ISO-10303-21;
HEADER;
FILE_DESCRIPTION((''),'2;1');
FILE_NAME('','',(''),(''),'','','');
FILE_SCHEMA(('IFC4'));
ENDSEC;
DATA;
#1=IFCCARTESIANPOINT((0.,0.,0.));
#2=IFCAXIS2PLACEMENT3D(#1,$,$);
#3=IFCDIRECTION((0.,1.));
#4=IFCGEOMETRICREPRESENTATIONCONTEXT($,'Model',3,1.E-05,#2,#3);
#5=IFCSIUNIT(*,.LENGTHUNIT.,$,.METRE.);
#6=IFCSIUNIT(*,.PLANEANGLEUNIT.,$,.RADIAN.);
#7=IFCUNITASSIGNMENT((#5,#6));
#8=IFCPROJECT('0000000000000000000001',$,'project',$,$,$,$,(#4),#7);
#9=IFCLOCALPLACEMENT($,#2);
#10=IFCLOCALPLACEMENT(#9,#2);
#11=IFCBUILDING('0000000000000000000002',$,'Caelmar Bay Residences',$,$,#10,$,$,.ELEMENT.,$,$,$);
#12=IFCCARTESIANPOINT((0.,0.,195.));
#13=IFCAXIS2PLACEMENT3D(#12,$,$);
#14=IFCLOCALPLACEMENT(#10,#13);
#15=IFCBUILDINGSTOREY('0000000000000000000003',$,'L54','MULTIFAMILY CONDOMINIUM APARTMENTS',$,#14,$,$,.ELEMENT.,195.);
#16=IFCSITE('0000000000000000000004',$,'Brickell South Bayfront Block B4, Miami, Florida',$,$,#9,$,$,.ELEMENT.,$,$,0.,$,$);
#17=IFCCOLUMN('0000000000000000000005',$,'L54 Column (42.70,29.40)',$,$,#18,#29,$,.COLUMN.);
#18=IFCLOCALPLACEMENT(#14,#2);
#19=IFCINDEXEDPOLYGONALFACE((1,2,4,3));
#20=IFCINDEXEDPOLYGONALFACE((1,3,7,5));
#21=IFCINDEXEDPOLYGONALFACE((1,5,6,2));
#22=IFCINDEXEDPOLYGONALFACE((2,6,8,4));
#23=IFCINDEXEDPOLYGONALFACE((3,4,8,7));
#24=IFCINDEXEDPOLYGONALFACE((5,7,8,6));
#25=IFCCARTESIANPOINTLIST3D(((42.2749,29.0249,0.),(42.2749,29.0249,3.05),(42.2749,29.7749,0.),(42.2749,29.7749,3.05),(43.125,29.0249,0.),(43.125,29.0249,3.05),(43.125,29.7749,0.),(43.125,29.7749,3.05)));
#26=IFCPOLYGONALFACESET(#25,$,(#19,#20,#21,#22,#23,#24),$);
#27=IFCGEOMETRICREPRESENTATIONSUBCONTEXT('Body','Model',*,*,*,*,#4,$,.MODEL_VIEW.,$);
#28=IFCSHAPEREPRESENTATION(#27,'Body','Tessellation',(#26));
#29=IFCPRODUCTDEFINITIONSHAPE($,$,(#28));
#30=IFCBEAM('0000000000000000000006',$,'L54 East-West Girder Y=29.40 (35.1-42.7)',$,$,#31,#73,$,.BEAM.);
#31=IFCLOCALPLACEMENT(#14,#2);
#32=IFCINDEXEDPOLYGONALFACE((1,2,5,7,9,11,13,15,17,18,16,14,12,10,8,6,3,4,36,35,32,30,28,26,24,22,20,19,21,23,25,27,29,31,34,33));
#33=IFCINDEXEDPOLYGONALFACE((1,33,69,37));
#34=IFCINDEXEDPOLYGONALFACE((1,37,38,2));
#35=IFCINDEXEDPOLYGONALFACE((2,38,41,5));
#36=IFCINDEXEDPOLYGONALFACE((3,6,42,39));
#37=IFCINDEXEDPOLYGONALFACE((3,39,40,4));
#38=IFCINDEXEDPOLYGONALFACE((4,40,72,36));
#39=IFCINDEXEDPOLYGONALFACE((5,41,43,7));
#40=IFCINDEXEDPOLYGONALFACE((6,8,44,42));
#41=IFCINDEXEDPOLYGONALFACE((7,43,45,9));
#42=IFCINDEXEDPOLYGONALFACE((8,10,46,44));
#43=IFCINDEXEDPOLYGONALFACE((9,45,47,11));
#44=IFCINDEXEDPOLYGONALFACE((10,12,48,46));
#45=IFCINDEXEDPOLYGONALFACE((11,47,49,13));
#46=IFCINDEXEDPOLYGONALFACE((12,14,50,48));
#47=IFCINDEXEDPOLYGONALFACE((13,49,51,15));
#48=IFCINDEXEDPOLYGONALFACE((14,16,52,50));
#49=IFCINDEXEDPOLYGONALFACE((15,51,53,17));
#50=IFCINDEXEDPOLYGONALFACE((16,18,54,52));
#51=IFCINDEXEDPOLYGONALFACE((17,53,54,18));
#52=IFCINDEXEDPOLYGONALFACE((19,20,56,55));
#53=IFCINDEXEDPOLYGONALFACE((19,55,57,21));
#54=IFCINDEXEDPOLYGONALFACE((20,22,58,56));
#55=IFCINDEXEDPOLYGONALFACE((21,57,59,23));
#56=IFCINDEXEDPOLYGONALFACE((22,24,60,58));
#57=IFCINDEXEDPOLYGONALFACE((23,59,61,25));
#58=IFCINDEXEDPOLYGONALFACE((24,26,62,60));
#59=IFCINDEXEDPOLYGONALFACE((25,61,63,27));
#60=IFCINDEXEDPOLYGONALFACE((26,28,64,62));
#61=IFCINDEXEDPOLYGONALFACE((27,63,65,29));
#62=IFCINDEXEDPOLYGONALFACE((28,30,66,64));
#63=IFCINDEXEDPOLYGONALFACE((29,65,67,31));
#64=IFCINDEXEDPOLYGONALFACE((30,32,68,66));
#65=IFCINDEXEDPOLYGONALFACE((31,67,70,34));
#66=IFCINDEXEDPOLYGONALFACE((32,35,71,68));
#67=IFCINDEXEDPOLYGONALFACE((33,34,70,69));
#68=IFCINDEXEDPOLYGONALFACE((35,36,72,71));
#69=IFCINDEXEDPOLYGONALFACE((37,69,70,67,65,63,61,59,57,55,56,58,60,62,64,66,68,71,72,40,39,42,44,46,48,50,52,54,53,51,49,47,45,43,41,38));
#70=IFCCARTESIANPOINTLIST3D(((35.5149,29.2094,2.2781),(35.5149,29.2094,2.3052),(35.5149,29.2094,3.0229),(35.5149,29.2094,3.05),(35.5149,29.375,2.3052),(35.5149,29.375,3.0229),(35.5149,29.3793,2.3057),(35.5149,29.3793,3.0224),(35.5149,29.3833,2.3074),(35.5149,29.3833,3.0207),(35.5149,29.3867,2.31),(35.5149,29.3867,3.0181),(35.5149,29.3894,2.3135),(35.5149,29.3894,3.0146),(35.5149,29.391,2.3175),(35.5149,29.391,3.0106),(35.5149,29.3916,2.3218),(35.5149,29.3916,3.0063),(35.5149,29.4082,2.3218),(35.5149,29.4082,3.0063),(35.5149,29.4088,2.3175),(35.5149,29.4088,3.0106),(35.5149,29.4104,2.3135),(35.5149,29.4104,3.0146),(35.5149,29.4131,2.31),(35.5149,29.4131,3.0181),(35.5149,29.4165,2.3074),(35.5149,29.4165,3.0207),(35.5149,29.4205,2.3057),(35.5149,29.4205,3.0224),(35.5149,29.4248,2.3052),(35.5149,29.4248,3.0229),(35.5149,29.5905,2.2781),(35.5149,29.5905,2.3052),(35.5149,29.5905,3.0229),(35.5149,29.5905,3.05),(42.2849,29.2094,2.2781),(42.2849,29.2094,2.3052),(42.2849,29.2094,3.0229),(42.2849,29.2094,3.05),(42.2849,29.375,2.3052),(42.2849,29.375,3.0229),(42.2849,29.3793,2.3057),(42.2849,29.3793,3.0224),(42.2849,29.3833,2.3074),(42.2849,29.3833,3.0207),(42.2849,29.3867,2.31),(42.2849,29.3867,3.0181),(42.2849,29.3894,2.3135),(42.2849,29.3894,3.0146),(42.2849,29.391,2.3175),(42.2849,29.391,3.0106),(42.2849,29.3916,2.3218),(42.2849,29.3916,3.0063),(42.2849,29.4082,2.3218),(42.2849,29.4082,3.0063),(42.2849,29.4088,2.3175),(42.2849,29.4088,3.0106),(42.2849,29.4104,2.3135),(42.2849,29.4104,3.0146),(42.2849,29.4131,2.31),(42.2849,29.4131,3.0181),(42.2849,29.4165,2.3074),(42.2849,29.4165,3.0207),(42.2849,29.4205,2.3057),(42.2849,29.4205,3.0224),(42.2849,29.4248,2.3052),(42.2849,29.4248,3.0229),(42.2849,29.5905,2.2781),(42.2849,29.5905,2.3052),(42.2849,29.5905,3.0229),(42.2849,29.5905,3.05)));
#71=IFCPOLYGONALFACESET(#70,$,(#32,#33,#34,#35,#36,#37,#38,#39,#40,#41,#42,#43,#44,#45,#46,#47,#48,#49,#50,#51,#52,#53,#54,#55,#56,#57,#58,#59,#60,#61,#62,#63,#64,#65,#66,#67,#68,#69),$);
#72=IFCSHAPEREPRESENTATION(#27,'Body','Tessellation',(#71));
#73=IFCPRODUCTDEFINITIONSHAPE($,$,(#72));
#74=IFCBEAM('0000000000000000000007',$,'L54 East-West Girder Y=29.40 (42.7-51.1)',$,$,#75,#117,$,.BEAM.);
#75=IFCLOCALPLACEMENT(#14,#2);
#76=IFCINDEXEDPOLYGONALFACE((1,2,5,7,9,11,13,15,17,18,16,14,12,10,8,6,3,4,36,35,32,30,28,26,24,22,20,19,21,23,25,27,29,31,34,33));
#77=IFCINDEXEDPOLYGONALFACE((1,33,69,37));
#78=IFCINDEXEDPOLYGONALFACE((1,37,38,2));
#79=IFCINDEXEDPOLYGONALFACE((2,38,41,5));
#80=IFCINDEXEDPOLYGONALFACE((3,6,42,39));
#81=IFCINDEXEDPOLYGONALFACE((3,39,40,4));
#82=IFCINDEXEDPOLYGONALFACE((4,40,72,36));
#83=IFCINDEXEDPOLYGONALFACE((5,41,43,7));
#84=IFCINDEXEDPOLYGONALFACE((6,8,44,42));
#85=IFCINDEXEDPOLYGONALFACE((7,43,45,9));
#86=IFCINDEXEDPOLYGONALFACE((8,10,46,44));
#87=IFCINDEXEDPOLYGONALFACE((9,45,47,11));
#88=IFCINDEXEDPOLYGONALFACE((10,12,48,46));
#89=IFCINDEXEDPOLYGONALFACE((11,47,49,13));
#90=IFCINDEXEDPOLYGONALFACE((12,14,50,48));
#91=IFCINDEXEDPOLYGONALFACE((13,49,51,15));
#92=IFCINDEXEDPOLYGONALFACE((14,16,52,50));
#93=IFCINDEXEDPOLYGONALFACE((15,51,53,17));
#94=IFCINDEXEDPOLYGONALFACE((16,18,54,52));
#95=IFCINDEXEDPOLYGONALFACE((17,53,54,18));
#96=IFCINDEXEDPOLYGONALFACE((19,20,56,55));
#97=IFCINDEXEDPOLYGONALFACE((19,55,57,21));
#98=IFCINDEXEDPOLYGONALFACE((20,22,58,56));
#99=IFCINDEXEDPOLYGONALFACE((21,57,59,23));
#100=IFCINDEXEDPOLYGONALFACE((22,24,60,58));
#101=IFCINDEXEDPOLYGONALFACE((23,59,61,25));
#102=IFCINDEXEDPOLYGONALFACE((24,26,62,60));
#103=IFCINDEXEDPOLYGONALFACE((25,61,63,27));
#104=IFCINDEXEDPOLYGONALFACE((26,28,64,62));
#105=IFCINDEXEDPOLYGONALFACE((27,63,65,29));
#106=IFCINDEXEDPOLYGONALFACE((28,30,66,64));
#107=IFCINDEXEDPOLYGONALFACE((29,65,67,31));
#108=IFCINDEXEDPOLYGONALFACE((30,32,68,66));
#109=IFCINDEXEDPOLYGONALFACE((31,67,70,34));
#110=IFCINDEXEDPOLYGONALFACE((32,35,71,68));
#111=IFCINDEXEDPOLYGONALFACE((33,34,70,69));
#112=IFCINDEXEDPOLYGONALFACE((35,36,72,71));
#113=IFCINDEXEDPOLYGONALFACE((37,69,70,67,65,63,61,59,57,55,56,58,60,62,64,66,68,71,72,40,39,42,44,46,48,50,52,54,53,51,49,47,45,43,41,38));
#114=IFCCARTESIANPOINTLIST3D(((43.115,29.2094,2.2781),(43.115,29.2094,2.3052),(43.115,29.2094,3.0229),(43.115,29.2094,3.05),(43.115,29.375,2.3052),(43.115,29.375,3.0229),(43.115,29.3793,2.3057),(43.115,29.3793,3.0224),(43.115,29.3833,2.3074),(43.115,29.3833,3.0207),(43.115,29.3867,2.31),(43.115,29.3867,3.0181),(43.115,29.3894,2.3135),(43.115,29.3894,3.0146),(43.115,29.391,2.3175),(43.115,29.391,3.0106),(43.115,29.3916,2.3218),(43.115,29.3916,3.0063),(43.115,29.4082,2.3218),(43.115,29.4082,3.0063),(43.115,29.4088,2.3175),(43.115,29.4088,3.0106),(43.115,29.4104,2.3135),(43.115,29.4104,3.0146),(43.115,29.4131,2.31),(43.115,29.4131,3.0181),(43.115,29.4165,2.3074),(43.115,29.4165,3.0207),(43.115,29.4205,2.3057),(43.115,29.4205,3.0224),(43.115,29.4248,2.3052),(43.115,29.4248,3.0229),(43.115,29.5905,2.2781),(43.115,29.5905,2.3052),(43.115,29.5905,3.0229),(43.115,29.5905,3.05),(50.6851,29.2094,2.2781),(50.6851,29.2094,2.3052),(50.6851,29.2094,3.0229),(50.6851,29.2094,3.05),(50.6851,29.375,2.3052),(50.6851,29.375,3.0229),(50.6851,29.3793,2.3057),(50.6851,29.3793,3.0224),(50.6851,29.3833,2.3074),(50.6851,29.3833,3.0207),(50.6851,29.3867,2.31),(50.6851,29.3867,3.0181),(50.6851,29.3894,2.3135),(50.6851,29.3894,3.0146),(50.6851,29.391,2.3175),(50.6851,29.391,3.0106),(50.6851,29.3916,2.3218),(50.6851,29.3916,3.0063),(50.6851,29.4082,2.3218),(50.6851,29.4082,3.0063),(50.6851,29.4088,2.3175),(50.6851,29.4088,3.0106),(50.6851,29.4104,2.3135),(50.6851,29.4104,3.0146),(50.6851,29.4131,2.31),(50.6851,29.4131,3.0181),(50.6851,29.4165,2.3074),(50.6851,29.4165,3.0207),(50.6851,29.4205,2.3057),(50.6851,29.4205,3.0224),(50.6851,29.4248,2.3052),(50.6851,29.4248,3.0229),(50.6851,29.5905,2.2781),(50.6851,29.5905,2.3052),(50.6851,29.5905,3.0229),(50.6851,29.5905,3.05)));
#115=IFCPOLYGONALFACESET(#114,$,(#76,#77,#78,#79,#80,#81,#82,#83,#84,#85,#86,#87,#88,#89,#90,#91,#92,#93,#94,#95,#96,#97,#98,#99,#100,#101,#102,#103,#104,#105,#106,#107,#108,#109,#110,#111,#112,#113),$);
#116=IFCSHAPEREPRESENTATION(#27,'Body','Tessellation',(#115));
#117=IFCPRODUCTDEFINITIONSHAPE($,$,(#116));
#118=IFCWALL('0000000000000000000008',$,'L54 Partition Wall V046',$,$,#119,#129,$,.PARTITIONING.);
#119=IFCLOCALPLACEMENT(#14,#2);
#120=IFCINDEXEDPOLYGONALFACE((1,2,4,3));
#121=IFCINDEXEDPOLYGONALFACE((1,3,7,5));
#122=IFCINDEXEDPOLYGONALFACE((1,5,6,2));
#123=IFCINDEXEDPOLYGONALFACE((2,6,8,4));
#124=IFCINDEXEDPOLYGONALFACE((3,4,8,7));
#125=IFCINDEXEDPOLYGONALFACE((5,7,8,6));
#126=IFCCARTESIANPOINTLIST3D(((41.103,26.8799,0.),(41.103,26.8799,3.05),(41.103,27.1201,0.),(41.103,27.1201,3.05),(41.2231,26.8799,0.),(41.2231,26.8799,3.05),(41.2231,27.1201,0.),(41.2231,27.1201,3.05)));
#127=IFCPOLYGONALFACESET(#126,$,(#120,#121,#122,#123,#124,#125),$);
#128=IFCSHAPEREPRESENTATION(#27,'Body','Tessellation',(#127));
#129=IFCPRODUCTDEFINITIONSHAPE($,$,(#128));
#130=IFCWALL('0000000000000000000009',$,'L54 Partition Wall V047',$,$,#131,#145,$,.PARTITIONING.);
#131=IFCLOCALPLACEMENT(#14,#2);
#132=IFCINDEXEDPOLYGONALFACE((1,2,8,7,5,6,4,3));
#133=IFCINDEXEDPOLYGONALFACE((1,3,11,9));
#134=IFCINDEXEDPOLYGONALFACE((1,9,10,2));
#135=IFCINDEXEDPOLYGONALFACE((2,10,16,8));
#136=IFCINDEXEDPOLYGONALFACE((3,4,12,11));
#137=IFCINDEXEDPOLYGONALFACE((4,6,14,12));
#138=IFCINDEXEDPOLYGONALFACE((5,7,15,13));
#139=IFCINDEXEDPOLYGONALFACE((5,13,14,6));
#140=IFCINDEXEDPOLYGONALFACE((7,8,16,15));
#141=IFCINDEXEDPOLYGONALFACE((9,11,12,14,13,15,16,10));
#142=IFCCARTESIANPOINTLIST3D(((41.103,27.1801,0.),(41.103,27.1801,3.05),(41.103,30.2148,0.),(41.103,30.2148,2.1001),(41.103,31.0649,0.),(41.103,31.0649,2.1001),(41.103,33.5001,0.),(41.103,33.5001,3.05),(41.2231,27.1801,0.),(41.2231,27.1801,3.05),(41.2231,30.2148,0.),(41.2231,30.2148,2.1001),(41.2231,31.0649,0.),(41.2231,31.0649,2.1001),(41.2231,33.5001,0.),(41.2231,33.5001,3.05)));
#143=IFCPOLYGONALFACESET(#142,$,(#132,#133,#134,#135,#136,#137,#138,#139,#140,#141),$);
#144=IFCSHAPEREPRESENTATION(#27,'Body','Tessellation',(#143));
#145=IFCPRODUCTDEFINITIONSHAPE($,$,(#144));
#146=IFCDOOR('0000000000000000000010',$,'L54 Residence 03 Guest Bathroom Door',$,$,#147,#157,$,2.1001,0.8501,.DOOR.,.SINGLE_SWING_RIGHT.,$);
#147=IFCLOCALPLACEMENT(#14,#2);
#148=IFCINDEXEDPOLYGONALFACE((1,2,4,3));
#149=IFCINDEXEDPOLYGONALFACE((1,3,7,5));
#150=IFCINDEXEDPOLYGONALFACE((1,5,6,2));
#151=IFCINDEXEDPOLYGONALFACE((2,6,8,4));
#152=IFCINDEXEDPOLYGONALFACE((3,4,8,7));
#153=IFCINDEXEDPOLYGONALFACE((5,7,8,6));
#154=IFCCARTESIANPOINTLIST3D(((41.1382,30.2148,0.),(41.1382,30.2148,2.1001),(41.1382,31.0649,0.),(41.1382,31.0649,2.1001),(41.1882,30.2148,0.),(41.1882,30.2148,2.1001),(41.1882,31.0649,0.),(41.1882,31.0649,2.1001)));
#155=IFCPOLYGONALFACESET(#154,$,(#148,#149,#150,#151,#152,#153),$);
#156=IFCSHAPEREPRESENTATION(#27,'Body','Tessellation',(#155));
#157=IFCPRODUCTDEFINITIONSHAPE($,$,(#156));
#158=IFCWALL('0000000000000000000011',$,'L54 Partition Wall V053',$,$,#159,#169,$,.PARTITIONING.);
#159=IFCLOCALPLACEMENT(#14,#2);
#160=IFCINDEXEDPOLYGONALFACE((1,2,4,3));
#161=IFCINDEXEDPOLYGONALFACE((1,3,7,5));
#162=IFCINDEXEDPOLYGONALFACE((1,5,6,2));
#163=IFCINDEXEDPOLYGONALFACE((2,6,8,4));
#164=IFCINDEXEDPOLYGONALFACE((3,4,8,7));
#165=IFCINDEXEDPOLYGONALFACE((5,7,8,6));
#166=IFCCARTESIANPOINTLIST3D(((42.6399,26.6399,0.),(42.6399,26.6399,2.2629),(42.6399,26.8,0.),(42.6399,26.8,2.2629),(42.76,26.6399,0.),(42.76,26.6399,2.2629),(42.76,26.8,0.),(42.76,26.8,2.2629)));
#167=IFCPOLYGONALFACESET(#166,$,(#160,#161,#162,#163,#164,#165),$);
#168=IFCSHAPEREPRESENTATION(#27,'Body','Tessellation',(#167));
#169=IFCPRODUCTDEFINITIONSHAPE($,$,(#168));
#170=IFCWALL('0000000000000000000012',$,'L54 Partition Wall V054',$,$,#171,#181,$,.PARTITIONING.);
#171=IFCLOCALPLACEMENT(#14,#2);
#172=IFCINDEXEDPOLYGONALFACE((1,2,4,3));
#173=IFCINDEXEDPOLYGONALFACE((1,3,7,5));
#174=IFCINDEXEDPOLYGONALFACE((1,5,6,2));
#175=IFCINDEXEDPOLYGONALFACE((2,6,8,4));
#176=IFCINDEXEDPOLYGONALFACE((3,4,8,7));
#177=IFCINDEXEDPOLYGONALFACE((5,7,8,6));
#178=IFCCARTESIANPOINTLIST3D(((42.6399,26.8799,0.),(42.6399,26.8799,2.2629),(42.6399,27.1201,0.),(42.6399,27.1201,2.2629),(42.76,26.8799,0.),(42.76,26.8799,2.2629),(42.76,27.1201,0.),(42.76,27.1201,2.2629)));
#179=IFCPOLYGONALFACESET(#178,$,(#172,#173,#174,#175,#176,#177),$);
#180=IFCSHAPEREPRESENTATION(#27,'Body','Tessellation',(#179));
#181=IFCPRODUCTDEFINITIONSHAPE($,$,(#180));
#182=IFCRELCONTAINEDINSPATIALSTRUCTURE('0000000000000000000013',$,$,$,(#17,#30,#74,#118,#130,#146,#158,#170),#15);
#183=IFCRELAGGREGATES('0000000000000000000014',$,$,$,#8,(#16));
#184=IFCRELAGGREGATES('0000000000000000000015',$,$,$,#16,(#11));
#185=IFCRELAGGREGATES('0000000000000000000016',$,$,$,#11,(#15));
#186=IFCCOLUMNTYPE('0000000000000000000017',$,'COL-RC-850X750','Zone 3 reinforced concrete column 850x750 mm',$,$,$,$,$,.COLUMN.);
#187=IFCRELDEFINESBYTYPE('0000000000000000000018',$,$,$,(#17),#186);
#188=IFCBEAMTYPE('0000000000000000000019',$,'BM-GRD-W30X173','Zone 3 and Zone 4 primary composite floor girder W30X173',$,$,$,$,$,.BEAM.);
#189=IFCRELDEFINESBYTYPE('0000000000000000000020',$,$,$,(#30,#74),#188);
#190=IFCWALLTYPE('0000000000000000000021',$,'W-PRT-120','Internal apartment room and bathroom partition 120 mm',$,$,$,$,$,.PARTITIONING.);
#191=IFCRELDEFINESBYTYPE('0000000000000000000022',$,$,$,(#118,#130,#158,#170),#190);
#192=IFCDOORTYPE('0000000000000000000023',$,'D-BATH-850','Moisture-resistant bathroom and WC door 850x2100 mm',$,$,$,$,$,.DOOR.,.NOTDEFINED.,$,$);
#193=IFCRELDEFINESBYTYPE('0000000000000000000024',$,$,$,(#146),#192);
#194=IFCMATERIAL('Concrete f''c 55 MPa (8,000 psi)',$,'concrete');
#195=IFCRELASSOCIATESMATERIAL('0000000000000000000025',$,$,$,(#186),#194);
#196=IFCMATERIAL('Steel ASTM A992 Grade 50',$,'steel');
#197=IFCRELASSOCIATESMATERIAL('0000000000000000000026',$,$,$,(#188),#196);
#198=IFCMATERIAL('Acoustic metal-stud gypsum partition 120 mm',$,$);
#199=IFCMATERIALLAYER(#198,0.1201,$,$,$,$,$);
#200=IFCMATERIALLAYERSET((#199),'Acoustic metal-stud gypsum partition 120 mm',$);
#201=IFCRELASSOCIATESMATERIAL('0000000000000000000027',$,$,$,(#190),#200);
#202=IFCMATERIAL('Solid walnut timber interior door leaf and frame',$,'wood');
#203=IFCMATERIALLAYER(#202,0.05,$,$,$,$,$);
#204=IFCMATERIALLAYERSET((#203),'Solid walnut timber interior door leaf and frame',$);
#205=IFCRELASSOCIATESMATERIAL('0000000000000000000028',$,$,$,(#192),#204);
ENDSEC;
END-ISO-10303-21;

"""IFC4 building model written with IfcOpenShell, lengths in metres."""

from ifc_helpers import new_model, si_unit, direction, frame, frame_2d, origin, origin_2d, place, context, subcontext, project, spatial, rectangle, i_section, extrude, material, layer, layer_set, material_profile, profile_set, type_object, element, fill, save


model = new_model("IFC4")

# Units and contexts
model_context = context("Model", 3, precision=1e-05, world=origin(), true_north=direction((0.0, 1.0)))
body_context = subcontext(model_context, "Body", "Model", "MODEL_VIEW")
ifc_project = project(units=[si_unit("LENGTHUNIT", "METRE"), si_unit("PLANEANGLEUNIT", "RADIAN")], contexts=[model_context])

# Site, building, storey
site_placement = place(None, origin())
site = spatial("IfcSite", under=ifc_project, at=site_placement, Name="Brickell South Bayfront Block B4, Miami, Florida", CompositionType="ELEMENT", RefElevation=0.0)
building_placement = place(site_placement, origin())
building = spatial("IfcBuilding", under=site, at=building_placement, Name="Caelmar Bay Residences", CompositionType="ELEMENT")
storey_placement = place(building_placement, frame((0.0, 0.0, 195.0)))
storey = spatial("IfcBuildingStorey", under=building, at=storey_placement, Name="L54", Description="MULTIFAMILY CONDOMINIUM APARTMENTS", CompositionType="ELEMENT", Elevation=195.0)

# Column
ifc_material_1 = material(Name="Concrete f'c 55 MPa (8,000 psi)", Category="concrete")
ifc_material_profile_1 = material_profile(ifc_material_1, rectangle(XDim=0.8501, YDim=0.75, at=origin_2d()), Name="RC-COL-850X750")
ifc_profile_set_1 = profile_set([ifc_material_profile_1], Name="Concrete f'c 55 MPa (8,000 psi)")
column_type = type_object("IfcColumnType", Name="COL-RC-850X750", Description="Zone 3 reinforced concrete column 850x750 mm", PredefinedType="COLUMN", material=ifc_profile_set_1)
column_placement = place(storey_placement, frame((42.7, 29.3999, 0.0), z_axis=(0.0, 0.0, 1.0), x_axis=(1.0, 0.0, 0.0)))
element("IfcColumn", 1, at=column_placement, inside=storey, type_object=column_type, Name="L54 Column (42.70,29.40)", PredefinedType="COLUMN", context=body_context, shape_type="SweptSolid", body=[
    extrude(rectangle(XDim=0.8501, YDim=0.75, at=origin_2d()), origin(), (0.0, 0.0, 1.0), 3.05),
])

# Beams
ifc_material_2 = material(Name="Steel ASTM A992 Grade 50", Category="steel")
ifc_material_profile_2 = material_profile(ifc_material_2, i_section(OverallWidth=0.3811, OverallDepth=0.772, WebThickness=0.0166, FlangeThickness=0.0271, FilletRadius=0.0166, at=origin_2d()), Name="W30X173")
ifc_profile_set_2 = profile_set([ifc_material_profile_2], Name="Steel ASTM A992 Grade 50")
beam_type = type_object("IfcBeamType", Name="BM-GRD-W30X173", Description="Zone 3 and Zone 4 primary composite floor girder W30X173", PredefinedType="BEAM", material=ifc_profile_set_2)
beam_1_placement = place(storey_placement, frame((35.5149, 29.3999, 2.6641), z_axis=(1.0, 0.0, 0.0), x_axis=(0.0, 1.0, 0.0)))
element("IfcBeam", 2, at=beam_1_placement, inside=storey, type_object=beam_type, Name="L54 East-West Girder Y=29.40 (35.1-42.7)", PredefinedType="BEAM", context=body_context, shape_type="SweptSolid", body=[
    extrude(i_section(OverallWidth=0.3811, OverallDepth=0.772, WebThickness=0.0166, FlangeThickness=0.0271, FilletRadius=0.0166, at=origin_2d()), origin(), (0.0, 0.0, 1.0), 6.77),
])
beam_2_placement = place(storey_placement, frame((43.115, 29.3999, 2.6641), z_axis=(1.0, 0.0, 0.0), x_axis=(0.0, 1.0, 0.0)))
element("IfcBeam", 3, at=beam_2_placement, inside=storey, type_object=beam_type, Name="L54 East-West Girder Y=29.40 (42.7-51.1)", PredefinedType="BEAM", context=body_context, shape_type="SweptSolid", body=[
    extrude(i_section(OverallWidth=0.3811, OverallDepth=0.772, WebThickness=0.0166, FlangeThickness=0.0271, FilletRadius=0.0166, at=origin_2d()), origin(), (0.0, 0.0, 1.0), 7.5701),
])

# Wall
ifc_material_3 = material(Name="Acoustic metal-stud gypsum partition 120 mm")
ifc_layer_1 = layer(ifc_material_3, 0.1201)
ifc_layer_set_1 = layer_set([ifc_layer_1], Name="Acoustic metal-stud gypsum partition 120 mm")
wall_type_1 = type_object("IfcWallType", Name="W-PRT-120", Description="Internal apartment room and bathroom partition 120 mm", PredefinedType="PARTITIONING", material=ifc_layer_set_1)
wall_1_placement = place(storey_placement, frame((41.1631, 26.8799, 0.0), z_axis=(0.0, 0.0, 1.0), x_axis=(0.0, 1.0, 0.0)))
element("IfcWall", 4, at=wall_1_placement, inside=storey, type_object=wall_type_1, Name="L54 Partition Wall V046", PredefinedType="PARTITIONING", context=body_context, shape_type="SweptSolid", body=[
    extrude(rectangle(XDim=0.2402, YDim=0.1201, at=frame_2d((0.1201, 0.0))), origin(), (0.0, 0.0, 1.0), 3.05),
])

# Wall, opening, door
wall_2_placement = place(storey_placement, frame((41.1631, 27.1799, 0.0), z_axis=(0.0, 0.0, 1.0), x_axis=(0.0, 1.0, 0.0)))
wall_2 = element("IfcWall", 5, at=wall_2_placement, inside=storey, type_object=wall_type_1, Name="L54 Partition Wall V047", PredefinedType="PARTITIONING", context=body_context, shape_type="SweptSolid", body=[
    extrude(rectangle(XDim=6.3201, YDim=0.1201, at=frame_2d((3.1602, 0.0))), origin(), (0.0, 0.0, 1.0), 3.05),
])
opening_1_placement = place(wall_2_placement, frame((3.0349, 0.0, 0.0)))
opening_1 = element("IfcOpeningElement", 6, at=opening_1_placement, cuts=wall_2, PredefinedType="OPENING", context=body_context, shape_type="SweptSolid", body=[
    extrude(rectangle(XDim=0.8501, YDim=2.1001, at=frame_2d((0.425, 1.05))), frame((0.0, 0.0701, 0.0), z_axis=(0.0, -1.0, 0.0), x_axis=(1.0, 0.0, 0.0)), (0.0, 0.0, 1.0), 0.1401),
])
ifc_material_4 = material(Name="Solid walnut timber interior door leaf and frame", Category="wood")
ifc_layer_2 = layer(ifc_material_4, 0.05)
ifc_layer_set_2 = layer_set([ifc_layer_2], Name="Solid walnut timber interior door leaf and frame")
door_type_1 = type_object("IfcDoorType", Name="D-BATH-850", Description="Moisture-resistant bathroom and WC door 850x2100 mm", OperationType="NOTDEFINED", PredefinedType="DOOR", material=ifc_layer_set_2)
door_1_placement = place(opening_1_placement, origin())
door_1 = element("IfcDoor", 7, at=door_1_placement, inside=storey, type_object=door_type_1, Name="L54 Residence 03 Guest Bathroom Door", OperationType="SINGLE_SWING_RIGHT", OverallHeight=2.1001, OverallWidth=0.8501, PredefinedType="DOOR", context=body_context, shape_type="SweptSolid", body=[
    extrude(rectangle(XDim=0.8501, YDim=2.1001, at=frame_2d((0.425, 1.05))), frame((0.0, 0.0249, 0.0), z_axis=(0.0, -1.0, 0.0), x_axis=(1.0, 0.0, 0.0)), (0.0, 0.0, 1.0), 0.05),
])
fill(opening_1, door_1)

# Walls
wall_3_placement = place(storey_placement, frame((42.7, 26.6399, 0.0), z_axis=(0.0, 0.0, 1.0), x_axis=(0.0, 1.0, 0.0)))
element("IfcWall", 8, at=wall_3_placement, inside=storey, type_object=wall_type_1, Name="L54 Partition Wall V053", PredefinedType="PARTITIONING", context=body_context, shape_type="SweptSolid", body=[
    extrude(rectangle(XDim=0.1602, YDim=0.1201, at=frame_2d((0.0801, 0.0))), origin(), (0.0, 0.0, 1.0), 2.2629),
])
wall_4_placement = place(storey_placement, frame((42.7, 26.8799, 0.0), z_axis=(0.0, 0.0, 1.0), x_axis=(0.0, 1.0, 0.0)))
element("IfcWall", 9, at=wall_4_placement, inside=storey, type_object=wall_type_1, Name="L54 Partition Wall V054", PredefinedType="PARTITIONING", context=body_context, shape_type="SweptSolid", body=[
    extrude(rectangle(XDim=0.2402, YDim=0.1201, at=frame_2d((0.1201, 0.0))), origin(), (0.0, 0.0, 1.0), 2.2629),
])

save(model, "model.ifc")
